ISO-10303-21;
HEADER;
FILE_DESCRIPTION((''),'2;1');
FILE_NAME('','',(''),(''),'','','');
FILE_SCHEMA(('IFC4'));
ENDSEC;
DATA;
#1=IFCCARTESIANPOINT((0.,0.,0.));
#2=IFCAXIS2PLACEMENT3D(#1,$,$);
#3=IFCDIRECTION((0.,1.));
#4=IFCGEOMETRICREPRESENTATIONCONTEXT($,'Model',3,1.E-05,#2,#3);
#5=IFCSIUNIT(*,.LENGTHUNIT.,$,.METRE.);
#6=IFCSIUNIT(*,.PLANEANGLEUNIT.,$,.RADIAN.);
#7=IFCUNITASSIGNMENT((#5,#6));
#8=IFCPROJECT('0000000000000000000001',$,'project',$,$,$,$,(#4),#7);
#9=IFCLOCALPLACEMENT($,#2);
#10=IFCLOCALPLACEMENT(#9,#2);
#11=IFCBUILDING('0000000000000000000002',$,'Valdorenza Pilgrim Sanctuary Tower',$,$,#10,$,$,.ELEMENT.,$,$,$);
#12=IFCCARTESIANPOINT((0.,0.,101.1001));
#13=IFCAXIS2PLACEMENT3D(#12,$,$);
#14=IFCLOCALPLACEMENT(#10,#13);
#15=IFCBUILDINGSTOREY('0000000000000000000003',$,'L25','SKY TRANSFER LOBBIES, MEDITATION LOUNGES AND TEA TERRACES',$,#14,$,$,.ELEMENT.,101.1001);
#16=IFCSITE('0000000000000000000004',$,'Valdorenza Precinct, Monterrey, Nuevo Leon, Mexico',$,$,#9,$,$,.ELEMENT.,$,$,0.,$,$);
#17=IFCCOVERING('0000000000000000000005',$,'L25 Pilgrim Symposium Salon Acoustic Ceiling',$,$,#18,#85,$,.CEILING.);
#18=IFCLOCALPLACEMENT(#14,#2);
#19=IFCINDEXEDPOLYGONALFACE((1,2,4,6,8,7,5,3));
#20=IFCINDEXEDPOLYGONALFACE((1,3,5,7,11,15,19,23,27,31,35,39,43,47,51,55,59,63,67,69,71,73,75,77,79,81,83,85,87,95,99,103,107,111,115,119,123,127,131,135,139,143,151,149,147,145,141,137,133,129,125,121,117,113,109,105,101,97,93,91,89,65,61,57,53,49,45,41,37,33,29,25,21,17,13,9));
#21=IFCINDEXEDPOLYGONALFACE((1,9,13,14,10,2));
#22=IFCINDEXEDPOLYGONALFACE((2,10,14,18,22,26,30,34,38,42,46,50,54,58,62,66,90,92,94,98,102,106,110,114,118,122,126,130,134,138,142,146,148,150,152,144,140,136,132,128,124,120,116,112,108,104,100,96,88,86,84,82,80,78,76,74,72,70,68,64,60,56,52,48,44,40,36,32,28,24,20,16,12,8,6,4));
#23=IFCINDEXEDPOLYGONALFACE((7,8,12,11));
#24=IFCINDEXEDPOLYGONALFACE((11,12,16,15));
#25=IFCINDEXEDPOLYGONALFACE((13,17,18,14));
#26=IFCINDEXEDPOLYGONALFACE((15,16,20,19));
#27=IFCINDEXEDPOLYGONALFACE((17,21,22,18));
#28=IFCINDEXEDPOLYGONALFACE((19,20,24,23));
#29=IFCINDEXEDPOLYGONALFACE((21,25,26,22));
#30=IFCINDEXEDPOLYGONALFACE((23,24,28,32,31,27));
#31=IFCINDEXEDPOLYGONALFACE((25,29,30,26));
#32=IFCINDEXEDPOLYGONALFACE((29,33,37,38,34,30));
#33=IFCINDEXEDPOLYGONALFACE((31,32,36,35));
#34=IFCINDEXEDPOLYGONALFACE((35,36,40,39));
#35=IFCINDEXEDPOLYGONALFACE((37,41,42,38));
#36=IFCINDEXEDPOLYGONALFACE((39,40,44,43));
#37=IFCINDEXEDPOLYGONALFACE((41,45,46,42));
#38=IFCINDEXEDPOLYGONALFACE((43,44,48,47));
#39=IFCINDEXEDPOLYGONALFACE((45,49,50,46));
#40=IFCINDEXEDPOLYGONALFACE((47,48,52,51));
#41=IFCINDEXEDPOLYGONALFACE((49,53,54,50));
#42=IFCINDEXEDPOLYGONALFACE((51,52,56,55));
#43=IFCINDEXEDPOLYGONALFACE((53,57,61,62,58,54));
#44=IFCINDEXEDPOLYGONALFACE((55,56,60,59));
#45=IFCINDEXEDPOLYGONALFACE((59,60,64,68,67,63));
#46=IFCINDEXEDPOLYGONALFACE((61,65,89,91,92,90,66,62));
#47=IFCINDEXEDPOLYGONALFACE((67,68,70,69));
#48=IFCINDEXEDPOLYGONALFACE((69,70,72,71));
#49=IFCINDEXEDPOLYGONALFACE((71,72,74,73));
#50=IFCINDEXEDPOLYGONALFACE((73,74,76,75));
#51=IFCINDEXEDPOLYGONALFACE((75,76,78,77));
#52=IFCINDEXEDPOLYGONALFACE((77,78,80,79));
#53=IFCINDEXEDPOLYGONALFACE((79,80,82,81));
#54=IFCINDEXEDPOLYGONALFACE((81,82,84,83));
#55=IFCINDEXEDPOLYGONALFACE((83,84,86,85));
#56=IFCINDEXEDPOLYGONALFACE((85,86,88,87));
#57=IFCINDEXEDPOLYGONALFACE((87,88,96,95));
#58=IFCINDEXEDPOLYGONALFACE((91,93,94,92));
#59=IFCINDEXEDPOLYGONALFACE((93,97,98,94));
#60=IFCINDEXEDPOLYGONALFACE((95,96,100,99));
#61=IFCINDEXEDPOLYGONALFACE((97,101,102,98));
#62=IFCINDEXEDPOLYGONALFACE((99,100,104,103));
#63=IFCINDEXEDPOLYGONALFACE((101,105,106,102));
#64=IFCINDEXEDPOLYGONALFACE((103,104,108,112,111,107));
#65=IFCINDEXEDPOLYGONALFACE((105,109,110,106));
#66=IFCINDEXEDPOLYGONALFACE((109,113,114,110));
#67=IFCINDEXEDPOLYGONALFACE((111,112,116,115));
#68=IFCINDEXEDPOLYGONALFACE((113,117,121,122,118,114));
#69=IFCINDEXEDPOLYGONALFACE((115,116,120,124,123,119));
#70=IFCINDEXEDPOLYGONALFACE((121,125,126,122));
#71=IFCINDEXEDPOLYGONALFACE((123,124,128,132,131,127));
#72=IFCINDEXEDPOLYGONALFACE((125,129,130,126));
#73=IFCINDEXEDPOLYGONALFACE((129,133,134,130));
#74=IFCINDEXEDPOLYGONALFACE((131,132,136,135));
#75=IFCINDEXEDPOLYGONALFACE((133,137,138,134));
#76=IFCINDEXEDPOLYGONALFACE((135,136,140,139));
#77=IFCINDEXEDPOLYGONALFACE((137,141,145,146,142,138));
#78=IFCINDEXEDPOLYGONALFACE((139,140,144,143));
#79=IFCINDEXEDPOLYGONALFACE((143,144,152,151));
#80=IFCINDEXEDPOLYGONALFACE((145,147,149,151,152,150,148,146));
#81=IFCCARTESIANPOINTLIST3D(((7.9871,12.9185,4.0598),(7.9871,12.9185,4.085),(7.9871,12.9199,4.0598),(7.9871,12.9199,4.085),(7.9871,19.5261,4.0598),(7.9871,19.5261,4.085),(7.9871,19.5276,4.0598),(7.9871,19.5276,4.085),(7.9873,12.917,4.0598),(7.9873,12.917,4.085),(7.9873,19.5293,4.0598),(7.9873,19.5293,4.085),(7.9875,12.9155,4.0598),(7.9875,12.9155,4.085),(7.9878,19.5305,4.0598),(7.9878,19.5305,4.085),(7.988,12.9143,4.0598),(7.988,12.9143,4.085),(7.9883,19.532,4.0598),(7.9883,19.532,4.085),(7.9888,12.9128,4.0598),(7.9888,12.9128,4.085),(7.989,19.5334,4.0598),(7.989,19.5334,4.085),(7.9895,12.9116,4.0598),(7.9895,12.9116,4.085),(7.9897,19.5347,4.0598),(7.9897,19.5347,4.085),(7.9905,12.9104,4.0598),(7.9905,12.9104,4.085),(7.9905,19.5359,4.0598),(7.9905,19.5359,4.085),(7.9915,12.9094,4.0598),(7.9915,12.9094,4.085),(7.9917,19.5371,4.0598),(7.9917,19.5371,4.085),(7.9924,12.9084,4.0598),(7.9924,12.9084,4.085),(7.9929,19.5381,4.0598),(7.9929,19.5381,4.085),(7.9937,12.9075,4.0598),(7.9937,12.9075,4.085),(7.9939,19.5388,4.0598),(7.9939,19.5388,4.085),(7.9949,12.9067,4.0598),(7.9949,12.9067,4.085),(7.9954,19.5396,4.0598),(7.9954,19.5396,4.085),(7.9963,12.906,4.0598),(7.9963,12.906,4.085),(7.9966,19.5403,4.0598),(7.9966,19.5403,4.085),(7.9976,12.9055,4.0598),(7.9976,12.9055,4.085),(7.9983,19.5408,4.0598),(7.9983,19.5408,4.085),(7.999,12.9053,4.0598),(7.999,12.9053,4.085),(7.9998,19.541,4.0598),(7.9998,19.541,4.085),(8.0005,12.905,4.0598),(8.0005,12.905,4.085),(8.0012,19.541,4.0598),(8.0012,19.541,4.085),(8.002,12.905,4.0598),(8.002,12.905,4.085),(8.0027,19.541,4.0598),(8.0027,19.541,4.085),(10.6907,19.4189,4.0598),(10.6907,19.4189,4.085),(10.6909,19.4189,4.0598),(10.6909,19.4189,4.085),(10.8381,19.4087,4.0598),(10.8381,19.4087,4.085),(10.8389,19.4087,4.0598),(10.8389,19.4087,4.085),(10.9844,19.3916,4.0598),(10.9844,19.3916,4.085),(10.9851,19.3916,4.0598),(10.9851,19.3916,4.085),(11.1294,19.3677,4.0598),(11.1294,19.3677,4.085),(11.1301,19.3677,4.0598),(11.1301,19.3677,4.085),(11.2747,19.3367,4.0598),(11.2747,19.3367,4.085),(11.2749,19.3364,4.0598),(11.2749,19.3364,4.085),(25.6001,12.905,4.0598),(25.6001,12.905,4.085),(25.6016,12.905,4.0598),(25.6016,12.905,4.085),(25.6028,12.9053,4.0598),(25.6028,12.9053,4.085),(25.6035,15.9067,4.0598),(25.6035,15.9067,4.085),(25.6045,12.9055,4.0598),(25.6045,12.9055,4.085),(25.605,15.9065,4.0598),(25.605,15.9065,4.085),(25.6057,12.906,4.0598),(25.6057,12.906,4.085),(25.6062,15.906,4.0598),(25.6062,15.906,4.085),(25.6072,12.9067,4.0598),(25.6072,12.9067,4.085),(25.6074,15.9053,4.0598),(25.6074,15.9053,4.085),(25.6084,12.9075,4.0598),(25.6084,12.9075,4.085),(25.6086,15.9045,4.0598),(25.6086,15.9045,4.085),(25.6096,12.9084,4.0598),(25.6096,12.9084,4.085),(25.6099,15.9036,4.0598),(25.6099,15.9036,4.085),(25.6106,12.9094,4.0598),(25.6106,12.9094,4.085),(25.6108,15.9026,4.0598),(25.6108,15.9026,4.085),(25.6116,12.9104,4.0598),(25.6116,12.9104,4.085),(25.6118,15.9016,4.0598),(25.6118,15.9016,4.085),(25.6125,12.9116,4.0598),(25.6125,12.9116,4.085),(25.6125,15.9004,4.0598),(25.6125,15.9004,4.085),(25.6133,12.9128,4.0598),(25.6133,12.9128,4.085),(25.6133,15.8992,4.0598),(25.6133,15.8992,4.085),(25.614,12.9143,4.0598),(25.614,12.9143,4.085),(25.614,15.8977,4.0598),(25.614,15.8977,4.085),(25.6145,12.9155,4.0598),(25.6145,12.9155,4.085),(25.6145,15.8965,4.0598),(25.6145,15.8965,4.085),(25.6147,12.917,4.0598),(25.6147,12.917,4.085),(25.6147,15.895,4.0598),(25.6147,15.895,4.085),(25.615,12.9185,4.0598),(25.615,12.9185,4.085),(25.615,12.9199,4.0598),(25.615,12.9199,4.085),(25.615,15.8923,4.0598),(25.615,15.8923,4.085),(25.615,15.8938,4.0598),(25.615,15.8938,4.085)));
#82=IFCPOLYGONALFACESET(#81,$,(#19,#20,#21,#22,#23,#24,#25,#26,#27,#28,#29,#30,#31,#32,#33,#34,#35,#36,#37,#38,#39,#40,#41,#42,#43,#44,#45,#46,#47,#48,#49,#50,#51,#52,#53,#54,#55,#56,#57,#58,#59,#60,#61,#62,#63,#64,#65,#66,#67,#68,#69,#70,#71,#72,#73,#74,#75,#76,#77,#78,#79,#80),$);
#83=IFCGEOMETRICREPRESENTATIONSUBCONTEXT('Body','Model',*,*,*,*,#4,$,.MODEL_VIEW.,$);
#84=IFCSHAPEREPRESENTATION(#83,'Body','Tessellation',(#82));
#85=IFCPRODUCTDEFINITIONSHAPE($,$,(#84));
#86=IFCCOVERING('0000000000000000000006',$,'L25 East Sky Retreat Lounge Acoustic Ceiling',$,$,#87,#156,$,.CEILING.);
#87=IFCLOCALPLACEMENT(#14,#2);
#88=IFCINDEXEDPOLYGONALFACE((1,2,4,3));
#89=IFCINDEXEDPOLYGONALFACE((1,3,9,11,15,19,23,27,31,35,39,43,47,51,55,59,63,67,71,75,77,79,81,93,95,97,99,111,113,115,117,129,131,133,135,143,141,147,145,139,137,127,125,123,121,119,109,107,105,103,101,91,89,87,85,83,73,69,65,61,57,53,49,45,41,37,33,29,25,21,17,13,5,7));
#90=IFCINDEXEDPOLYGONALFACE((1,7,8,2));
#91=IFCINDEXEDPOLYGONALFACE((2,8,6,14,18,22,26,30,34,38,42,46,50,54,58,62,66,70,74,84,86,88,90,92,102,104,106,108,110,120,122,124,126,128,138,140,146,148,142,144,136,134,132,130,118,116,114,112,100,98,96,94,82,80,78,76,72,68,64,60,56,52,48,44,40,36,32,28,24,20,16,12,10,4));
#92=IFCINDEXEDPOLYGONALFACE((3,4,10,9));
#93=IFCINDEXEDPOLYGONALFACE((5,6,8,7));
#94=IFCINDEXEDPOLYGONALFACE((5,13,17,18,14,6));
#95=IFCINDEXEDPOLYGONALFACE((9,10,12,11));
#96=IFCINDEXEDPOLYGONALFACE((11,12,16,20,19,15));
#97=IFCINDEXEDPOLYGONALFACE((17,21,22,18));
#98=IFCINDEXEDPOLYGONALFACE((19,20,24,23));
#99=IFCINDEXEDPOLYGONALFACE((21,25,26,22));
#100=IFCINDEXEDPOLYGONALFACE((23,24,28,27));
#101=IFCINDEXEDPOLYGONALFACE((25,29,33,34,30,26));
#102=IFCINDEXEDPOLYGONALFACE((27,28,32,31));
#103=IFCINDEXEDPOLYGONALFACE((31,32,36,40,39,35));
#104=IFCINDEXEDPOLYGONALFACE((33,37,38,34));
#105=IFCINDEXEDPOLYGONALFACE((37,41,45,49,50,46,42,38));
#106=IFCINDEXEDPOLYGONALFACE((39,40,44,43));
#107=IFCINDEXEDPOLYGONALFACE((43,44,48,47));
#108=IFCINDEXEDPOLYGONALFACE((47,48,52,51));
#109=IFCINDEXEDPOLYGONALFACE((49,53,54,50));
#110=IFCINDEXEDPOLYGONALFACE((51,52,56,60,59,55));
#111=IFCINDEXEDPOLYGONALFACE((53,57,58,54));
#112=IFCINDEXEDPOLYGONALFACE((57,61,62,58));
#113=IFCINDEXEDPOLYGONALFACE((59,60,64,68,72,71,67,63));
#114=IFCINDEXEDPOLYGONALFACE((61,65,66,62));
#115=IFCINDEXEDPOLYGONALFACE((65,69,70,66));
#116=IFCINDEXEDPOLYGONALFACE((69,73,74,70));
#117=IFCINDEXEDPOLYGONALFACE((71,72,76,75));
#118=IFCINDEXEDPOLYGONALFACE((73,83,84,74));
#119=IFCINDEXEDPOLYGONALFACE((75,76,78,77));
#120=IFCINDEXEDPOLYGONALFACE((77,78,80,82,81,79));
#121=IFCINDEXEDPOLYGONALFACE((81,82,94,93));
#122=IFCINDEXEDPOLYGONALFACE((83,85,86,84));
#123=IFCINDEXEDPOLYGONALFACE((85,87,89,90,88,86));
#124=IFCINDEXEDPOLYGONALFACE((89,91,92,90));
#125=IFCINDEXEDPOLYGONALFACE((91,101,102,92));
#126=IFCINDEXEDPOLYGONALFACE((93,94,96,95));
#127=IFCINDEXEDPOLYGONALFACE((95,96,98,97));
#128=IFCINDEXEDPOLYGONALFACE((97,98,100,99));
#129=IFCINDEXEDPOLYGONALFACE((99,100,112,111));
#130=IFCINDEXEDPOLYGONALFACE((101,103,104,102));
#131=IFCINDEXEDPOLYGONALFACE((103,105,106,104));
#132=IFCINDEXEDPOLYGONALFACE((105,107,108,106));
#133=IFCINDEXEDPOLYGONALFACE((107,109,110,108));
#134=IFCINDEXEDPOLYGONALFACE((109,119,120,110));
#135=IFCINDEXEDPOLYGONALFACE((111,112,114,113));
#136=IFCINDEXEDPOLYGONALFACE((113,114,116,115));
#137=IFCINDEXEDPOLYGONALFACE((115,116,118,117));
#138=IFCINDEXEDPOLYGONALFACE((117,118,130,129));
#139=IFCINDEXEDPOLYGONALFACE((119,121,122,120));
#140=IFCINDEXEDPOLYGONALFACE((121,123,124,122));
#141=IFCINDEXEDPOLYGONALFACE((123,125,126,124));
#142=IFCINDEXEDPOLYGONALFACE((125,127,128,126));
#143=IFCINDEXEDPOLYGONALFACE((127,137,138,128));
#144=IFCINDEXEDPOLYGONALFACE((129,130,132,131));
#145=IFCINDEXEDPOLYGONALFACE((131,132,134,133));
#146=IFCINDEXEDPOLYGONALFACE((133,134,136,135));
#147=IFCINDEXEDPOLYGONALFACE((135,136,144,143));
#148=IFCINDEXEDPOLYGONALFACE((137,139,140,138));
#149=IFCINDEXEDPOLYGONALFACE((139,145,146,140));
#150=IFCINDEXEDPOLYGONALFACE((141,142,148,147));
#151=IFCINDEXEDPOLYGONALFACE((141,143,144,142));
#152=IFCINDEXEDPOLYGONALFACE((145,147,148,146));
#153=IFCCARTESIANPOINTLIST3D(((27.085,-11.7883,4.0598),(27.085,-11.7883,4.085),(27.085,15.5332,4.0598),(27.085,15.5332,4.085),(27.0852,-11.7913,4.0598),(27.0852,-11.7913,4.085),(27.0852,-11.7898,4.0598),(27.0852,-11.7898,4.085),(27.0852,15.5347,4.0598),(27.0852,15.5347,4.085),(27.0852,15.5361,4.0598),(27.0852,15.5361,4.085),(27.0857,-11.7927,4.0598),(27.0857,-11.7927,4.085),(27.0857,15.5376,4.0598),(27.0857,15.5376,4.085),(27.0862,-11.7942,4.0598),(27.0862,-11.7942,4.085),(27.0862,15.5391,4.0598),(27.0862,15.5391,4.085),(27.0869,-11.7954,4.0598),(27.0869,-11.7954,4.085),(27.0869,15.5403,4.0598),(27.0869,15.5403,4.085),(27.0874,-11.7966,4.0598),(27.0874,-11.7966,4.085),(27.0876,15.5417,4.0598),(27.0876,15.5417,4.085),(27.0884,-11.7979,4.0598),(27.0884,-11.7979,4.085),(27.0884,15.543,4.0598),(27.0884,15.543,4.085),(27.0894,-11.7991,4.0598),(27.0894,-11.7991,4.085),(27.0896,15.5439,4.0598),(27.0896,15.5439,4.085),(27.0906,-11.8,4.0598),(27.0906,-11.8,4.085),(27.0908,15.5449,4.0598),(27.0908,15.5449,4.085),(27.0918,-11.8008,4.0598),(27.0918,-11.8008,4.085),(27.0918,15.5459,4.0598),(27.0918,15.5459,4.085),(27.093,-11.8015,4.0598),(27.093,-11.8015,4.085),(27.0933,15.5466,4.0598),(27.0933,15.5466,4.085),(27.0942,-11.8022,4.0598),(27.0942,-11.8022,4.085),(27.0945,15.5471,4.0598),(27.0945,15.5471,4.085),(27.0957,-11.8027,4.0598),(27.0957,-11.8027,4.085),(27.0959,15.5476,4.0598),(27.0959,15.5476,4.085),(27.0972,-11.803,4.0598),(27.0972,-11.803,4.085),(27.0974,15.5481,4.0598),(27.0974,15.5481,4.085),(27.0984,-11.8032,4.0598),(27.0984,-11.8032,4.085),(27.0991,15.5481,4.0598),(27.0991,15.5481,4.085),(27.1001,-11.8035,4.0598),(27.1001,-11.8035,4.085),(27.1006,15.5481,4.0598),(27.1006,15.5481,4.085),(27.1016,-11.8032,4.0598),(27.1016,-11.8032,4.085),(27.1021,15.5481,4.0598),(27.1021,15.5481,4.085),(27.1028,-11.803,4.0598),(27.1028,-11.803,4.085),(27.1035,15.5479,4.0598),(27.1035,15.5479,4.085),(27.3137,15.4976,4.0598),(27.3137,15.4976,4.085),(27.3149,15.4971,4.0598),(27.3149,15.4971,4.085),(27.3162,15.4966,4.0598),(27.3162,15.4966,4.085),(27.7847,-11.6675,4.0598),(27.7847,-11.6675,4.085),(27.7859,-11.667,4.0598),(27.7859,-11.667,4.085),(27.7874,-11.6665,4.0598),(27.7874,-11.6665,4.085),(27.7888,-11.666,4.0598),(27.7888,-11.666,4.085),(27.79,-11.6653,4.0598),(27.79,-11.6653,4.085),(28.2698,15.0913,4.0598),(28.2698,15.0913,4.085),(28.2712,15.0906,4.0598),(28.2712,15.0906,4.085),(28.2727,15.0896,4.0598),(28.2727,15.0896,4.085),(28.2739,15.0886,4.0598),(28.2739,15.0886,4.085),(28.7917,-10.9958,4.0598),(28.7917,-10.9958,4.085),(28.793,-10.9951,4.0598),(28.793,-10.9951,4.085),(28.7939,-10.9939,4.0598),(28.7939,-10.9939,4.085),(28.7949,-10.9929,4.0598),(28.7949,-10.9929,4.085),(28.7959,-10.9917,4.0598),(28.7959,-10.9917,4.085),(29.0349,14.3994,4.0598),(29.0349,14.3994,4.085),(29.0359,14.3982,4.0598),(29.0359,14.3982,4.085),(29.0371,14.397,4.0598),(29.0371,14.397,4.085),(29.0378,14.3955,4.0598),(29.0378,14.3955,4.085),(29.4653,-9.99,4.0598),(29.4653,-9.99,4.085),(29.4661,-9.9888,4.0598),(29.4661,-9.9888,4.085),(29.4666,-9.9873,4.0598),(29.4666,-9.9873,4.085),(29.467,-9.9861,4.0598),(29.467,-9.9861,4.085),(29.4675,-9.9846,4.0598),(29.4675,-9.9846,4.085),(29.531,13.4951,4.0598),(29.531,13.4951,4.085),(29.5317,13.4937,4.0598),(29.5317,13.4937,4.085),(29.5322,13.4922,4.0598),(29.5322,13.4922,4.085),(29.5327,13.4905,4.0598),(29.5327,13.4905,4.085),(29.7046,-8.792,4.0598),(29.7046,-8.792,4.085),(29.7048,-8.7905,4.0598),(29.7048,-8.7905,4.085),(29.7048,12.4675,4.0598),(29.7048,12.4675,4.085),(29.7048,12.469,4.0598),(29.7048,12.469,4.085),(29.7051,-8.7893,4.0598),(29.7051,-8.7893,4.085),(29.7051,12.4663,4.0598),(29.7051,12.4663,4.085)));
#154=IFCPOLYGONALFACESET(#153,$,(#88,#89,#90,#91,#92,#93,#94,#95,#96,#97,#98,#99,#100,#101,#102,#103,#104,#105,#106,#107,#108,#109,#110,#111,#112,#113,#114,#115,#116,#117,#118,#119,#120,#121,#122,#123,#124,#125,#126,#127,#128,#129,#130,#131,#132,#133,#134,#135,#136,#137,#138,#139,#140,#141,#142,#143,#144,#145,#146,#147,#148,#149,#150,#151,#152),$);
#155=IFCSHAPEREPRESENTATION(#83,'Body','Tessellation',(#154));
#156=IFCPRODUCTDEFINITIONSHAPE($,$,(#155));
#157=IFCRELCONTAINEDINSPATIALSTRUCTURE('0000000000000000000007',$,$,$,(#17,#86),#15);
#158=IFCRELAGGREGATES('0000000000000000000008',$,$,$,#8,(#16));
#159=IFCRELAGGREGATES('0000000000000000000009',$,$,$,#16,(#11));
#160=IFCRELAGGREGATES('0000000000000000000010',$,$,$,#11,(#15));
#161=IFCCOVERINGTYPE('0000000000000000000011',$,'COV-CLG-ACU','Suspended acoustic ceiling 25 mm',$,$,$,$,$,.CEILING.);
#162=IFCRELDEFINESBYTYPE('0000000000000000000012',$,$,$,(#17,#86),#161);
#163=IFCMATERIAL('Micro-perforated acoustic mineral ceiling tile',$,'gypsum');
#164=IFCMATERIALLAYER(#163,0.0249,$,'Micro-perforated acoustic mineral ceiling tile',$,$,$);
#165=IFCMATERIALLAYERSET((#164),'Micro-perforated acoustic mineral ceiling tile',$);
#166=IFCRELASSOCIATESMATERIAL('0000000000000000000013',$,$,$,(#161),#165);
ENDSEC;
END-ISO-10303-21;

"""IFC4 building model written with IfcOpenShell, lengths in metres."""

from ifc_helpers import new_model, si_unit, direction, frame, origin, place, context, subcontext, project, spatial, polyline, outline, extrude, material, layer, layer_set, type_object, element, save


model = new_model("IFC4")

# Units and contexts
model_context = context("Model", 3, precision=1e-05, world=origin(), true_north=direction((0.0, 1.0)))
body_context = subcontext(model_context, "Body", "Model", "MODEL_VIEW")
ifc_project = project(units=[si_unit("LENGTHUNIT", "METRE"), si_unit("PLANEANGLEUNIT", "RADIAN")], contexts=[model_context])

# Site, building, storey
site_placement = place(None, origin())
site = spatial("IfcSite", under=ifc_project, at=site_placement, Name="Valdorenza Precinct, Monterrey, Nuevo Leon, Mexico", CompositionType="ELEMENT", RefElevation=0.0)
building_placement = place(site_placement, origin())
building = spatial("IfcBuilding", under=site, at=building_placement, Name="Valdorenza Pilgrim Sanctuary Tower", CompositionType="ELEMENT")
storey_placement = place(building_placement, frame((0.0, 0.0, 101.1001)))
storey = spatial("IfcBuildingStorey", under=building, at=storey_placement, Name="L25", Description="SKY TRANSFER LOBBIES, MEDITATION LOUNGES AND TEA TERRACES", CompositionType="ELEMENT", Elevation=101.1001)

# Coverings
ifc_material_1 = material(Name="Micro-perforated acoustic mineral ceiling tile", Category="gypsum")
ifc_layer_1 = layer(ifc_material_1, 0.0249, Name="Micro-perforated acoustic mineral ceiling tile")
ifc_layer_set_1 = layer_set([ifc_layer_1], Name="Micro-perforated acoustic mineral ceiling tile")
covering_type_1 = type_object("IfcCoveringType", Name="COV-CLG-ACU", Description="Suspended acoustic ceiling 25 mm", PredefinedType="CEILING", material=ifc_layer_set_1)
covering_1_placement = place(storey_placement, frame((0.0, 0.0, 4.0598)))
element("IfcCovering", 1, at=covering_1_placement, inside=storey, type_object=covering_type_1, Name="L25 Pilgrim Symposium Salon Acoustic Ceiling", PredefinedType="CEILING", context=body_context, shape_type="SweptSolid", body=[
    extrude(outline(polyline([(8.002, 12.905), (8.0005, 12.905), (7.999, 12.9053), (7.9976, 12.9055), (7.9963, 12.906), (7.9949, 12.9067), (7.9937, 12.9075), (7.9924, 12.9084), (7.9915, 12.9094), (7.9905, 12.9104), (7.9895, 12.9116), (7.9888, 12.9128), (7.988, 12.9143), (7.9875, 12.9155), (7.9873, 12.917), (7.9871, 12.9185), (7.9871, 12.9199), (7.9871, 19.5261), (7.9871, 19.5276), (7.9873, 19.5293), (7.9878, 19.5305), (7.9883, 19.532), (7.989, 19.5334), (7.9897, 19.5347), (7.9905, 19.5359), (7.9917, 19.5371), (7.9929, 19.5381), (7.9939, 19.5388), (7.9954, 19.5396), (7.9966, 19.5403), (7.9983, 19.5408), (7.9998, 19.541), (8.0012, 19.541), (8.0027, 19.541), (10.6907, 19.4189), (10.6909, 19.4189), (10.8381, 19.4087), (10.8389, 19.4087), (10.9844, 19.3916), (10.9851, 19.3916), (11.1294, 19.3677), (11.1301, 19.3677), (11.2747, 19.3367), (11.2749, 19.3364), (25.6035, 15.9067), (25.605, 15.9065), (25.6062, 15.906), (25.6074, 15.9053), (25.6086, 15.9045), (25.6099, 15.9036), (25.6108, 15.9026), (25.6118, 15.9016), (25.6125, 15.9004), (25.6133, 15.8992), (25.614, 15.8977), (25.6145, 15.8965), (25.6147, 15.895), (25.615, 15.8938), (25.615, 15.8923), (25.615, 12.9199), (25.615, 12.9185), (25.6147, 12.917), (25.6145, 12.9155), (25.614, 12.9143), (25.6133, 12.9128), (25.6125, 12.9116), (25.6116, 12.9104), (25.6106, 12.9094), (25.6096, 12.9084), (25.6084, 12.9075), (25.6072, 12.9067), (25.6057, 12.906), (25.6045, 12.9055), (25.6028, 12.9053), (25.6016, 12.905), (25.6001, 12.905), (8.002, 12.905)])), origin(), (0.0, 0.0, 1.0), 0.0251),
])
covering_2_placement = place(storey_placement, frame((0.0, 0.0, 4.0598)))
element("IfcCovering", 2, at=covering_2_placement, inside=storey, type_object=covering_type_1, Name="L25 East Sky Retreat Lounge Acoustic Ceiling", PredefinedType="CEILING", context=body_context, shape_type="SweptSolid", body=[
    extrude(outline(polyline([(27.3137, 15.4976), (27.3149, 15.4971), (27.3162, 15.4966), (28.2698, 15.0913), (28.2712, 15.0906), (28.2727, 15.0896), (28.2739, 15.0886), (29.0349, 14.3994), (29.0359, 14.3982), (29.0371, 14.397), (29.0378, 14.3955), (29.531, 13.4951), (29.5317, 13.4937), (29.5322, 13.4922), (29.5327, 13.4905), (29.7048, 12.469), (29.7048, 12.4675), (29.7051, 12.4663), (29.7051, -8.7893), (29.7048, -8.7905), (29.7046, -8.792), (29.4675, -9.9846), (29.467, -9.9861), (29.4666, -9.9873), (29.4661, -9.9888), (29.4653, -9.99), (28.7959, -10.9917), (28.7949, -10.9929), (28.7939, -10.9939), (28.793, -10.9951), (28.7917, -10.9958), (27.79, -11.6653), (27.7888, -11.666), (27.7874, -11.6665), (27.7859, -11.667), (27.7847, -11.6675), (27.1028, -11.803), (27.1016, -11.8032), (27.1001, -11.8035), (27.0984, -11.8032), (27.0972, -11.803), (27.0957, -11.8027), (27.0942, -11.8022), (27.093, -11.8015), (27.0918, -11.8008), (27.0906, -11.8), (27.0894, -11.7991), (27.0884, -11.7979), (27.0874, -11.7966), (27.0869, -11.7954), (27.0862, -11.7942), (27.0857, -11.7927), (27.0852, -11.7913), (27.0852, -11.7898), (27.085, -11.7883), (27.085, 15.5332), (27.0852, 15.5347), (27.0852, 15.5361), (27.0857, 15.5376), (27.0862, 15.5391), (27.0869, 15.5403), (27.0876, 15.5417), (27.0884, 15.543), (27.0896, 15.5439), (27.0908, 15.5449), (27.0918, 15.5459), (27.0933, 15.5466), (27.0945, 15.5471), (27.0959, 15.5476), (27.0974, 15.5481), (27.0991, 15.5481), (27.1006, 15.5481), (27.1021, 15.5481), (27.1035, 15.5479), (27.3137, 15.4976)])), origin(), (0.0, 0.0, 1.0), 0.0251),
])

save(model, "model.ifc")
